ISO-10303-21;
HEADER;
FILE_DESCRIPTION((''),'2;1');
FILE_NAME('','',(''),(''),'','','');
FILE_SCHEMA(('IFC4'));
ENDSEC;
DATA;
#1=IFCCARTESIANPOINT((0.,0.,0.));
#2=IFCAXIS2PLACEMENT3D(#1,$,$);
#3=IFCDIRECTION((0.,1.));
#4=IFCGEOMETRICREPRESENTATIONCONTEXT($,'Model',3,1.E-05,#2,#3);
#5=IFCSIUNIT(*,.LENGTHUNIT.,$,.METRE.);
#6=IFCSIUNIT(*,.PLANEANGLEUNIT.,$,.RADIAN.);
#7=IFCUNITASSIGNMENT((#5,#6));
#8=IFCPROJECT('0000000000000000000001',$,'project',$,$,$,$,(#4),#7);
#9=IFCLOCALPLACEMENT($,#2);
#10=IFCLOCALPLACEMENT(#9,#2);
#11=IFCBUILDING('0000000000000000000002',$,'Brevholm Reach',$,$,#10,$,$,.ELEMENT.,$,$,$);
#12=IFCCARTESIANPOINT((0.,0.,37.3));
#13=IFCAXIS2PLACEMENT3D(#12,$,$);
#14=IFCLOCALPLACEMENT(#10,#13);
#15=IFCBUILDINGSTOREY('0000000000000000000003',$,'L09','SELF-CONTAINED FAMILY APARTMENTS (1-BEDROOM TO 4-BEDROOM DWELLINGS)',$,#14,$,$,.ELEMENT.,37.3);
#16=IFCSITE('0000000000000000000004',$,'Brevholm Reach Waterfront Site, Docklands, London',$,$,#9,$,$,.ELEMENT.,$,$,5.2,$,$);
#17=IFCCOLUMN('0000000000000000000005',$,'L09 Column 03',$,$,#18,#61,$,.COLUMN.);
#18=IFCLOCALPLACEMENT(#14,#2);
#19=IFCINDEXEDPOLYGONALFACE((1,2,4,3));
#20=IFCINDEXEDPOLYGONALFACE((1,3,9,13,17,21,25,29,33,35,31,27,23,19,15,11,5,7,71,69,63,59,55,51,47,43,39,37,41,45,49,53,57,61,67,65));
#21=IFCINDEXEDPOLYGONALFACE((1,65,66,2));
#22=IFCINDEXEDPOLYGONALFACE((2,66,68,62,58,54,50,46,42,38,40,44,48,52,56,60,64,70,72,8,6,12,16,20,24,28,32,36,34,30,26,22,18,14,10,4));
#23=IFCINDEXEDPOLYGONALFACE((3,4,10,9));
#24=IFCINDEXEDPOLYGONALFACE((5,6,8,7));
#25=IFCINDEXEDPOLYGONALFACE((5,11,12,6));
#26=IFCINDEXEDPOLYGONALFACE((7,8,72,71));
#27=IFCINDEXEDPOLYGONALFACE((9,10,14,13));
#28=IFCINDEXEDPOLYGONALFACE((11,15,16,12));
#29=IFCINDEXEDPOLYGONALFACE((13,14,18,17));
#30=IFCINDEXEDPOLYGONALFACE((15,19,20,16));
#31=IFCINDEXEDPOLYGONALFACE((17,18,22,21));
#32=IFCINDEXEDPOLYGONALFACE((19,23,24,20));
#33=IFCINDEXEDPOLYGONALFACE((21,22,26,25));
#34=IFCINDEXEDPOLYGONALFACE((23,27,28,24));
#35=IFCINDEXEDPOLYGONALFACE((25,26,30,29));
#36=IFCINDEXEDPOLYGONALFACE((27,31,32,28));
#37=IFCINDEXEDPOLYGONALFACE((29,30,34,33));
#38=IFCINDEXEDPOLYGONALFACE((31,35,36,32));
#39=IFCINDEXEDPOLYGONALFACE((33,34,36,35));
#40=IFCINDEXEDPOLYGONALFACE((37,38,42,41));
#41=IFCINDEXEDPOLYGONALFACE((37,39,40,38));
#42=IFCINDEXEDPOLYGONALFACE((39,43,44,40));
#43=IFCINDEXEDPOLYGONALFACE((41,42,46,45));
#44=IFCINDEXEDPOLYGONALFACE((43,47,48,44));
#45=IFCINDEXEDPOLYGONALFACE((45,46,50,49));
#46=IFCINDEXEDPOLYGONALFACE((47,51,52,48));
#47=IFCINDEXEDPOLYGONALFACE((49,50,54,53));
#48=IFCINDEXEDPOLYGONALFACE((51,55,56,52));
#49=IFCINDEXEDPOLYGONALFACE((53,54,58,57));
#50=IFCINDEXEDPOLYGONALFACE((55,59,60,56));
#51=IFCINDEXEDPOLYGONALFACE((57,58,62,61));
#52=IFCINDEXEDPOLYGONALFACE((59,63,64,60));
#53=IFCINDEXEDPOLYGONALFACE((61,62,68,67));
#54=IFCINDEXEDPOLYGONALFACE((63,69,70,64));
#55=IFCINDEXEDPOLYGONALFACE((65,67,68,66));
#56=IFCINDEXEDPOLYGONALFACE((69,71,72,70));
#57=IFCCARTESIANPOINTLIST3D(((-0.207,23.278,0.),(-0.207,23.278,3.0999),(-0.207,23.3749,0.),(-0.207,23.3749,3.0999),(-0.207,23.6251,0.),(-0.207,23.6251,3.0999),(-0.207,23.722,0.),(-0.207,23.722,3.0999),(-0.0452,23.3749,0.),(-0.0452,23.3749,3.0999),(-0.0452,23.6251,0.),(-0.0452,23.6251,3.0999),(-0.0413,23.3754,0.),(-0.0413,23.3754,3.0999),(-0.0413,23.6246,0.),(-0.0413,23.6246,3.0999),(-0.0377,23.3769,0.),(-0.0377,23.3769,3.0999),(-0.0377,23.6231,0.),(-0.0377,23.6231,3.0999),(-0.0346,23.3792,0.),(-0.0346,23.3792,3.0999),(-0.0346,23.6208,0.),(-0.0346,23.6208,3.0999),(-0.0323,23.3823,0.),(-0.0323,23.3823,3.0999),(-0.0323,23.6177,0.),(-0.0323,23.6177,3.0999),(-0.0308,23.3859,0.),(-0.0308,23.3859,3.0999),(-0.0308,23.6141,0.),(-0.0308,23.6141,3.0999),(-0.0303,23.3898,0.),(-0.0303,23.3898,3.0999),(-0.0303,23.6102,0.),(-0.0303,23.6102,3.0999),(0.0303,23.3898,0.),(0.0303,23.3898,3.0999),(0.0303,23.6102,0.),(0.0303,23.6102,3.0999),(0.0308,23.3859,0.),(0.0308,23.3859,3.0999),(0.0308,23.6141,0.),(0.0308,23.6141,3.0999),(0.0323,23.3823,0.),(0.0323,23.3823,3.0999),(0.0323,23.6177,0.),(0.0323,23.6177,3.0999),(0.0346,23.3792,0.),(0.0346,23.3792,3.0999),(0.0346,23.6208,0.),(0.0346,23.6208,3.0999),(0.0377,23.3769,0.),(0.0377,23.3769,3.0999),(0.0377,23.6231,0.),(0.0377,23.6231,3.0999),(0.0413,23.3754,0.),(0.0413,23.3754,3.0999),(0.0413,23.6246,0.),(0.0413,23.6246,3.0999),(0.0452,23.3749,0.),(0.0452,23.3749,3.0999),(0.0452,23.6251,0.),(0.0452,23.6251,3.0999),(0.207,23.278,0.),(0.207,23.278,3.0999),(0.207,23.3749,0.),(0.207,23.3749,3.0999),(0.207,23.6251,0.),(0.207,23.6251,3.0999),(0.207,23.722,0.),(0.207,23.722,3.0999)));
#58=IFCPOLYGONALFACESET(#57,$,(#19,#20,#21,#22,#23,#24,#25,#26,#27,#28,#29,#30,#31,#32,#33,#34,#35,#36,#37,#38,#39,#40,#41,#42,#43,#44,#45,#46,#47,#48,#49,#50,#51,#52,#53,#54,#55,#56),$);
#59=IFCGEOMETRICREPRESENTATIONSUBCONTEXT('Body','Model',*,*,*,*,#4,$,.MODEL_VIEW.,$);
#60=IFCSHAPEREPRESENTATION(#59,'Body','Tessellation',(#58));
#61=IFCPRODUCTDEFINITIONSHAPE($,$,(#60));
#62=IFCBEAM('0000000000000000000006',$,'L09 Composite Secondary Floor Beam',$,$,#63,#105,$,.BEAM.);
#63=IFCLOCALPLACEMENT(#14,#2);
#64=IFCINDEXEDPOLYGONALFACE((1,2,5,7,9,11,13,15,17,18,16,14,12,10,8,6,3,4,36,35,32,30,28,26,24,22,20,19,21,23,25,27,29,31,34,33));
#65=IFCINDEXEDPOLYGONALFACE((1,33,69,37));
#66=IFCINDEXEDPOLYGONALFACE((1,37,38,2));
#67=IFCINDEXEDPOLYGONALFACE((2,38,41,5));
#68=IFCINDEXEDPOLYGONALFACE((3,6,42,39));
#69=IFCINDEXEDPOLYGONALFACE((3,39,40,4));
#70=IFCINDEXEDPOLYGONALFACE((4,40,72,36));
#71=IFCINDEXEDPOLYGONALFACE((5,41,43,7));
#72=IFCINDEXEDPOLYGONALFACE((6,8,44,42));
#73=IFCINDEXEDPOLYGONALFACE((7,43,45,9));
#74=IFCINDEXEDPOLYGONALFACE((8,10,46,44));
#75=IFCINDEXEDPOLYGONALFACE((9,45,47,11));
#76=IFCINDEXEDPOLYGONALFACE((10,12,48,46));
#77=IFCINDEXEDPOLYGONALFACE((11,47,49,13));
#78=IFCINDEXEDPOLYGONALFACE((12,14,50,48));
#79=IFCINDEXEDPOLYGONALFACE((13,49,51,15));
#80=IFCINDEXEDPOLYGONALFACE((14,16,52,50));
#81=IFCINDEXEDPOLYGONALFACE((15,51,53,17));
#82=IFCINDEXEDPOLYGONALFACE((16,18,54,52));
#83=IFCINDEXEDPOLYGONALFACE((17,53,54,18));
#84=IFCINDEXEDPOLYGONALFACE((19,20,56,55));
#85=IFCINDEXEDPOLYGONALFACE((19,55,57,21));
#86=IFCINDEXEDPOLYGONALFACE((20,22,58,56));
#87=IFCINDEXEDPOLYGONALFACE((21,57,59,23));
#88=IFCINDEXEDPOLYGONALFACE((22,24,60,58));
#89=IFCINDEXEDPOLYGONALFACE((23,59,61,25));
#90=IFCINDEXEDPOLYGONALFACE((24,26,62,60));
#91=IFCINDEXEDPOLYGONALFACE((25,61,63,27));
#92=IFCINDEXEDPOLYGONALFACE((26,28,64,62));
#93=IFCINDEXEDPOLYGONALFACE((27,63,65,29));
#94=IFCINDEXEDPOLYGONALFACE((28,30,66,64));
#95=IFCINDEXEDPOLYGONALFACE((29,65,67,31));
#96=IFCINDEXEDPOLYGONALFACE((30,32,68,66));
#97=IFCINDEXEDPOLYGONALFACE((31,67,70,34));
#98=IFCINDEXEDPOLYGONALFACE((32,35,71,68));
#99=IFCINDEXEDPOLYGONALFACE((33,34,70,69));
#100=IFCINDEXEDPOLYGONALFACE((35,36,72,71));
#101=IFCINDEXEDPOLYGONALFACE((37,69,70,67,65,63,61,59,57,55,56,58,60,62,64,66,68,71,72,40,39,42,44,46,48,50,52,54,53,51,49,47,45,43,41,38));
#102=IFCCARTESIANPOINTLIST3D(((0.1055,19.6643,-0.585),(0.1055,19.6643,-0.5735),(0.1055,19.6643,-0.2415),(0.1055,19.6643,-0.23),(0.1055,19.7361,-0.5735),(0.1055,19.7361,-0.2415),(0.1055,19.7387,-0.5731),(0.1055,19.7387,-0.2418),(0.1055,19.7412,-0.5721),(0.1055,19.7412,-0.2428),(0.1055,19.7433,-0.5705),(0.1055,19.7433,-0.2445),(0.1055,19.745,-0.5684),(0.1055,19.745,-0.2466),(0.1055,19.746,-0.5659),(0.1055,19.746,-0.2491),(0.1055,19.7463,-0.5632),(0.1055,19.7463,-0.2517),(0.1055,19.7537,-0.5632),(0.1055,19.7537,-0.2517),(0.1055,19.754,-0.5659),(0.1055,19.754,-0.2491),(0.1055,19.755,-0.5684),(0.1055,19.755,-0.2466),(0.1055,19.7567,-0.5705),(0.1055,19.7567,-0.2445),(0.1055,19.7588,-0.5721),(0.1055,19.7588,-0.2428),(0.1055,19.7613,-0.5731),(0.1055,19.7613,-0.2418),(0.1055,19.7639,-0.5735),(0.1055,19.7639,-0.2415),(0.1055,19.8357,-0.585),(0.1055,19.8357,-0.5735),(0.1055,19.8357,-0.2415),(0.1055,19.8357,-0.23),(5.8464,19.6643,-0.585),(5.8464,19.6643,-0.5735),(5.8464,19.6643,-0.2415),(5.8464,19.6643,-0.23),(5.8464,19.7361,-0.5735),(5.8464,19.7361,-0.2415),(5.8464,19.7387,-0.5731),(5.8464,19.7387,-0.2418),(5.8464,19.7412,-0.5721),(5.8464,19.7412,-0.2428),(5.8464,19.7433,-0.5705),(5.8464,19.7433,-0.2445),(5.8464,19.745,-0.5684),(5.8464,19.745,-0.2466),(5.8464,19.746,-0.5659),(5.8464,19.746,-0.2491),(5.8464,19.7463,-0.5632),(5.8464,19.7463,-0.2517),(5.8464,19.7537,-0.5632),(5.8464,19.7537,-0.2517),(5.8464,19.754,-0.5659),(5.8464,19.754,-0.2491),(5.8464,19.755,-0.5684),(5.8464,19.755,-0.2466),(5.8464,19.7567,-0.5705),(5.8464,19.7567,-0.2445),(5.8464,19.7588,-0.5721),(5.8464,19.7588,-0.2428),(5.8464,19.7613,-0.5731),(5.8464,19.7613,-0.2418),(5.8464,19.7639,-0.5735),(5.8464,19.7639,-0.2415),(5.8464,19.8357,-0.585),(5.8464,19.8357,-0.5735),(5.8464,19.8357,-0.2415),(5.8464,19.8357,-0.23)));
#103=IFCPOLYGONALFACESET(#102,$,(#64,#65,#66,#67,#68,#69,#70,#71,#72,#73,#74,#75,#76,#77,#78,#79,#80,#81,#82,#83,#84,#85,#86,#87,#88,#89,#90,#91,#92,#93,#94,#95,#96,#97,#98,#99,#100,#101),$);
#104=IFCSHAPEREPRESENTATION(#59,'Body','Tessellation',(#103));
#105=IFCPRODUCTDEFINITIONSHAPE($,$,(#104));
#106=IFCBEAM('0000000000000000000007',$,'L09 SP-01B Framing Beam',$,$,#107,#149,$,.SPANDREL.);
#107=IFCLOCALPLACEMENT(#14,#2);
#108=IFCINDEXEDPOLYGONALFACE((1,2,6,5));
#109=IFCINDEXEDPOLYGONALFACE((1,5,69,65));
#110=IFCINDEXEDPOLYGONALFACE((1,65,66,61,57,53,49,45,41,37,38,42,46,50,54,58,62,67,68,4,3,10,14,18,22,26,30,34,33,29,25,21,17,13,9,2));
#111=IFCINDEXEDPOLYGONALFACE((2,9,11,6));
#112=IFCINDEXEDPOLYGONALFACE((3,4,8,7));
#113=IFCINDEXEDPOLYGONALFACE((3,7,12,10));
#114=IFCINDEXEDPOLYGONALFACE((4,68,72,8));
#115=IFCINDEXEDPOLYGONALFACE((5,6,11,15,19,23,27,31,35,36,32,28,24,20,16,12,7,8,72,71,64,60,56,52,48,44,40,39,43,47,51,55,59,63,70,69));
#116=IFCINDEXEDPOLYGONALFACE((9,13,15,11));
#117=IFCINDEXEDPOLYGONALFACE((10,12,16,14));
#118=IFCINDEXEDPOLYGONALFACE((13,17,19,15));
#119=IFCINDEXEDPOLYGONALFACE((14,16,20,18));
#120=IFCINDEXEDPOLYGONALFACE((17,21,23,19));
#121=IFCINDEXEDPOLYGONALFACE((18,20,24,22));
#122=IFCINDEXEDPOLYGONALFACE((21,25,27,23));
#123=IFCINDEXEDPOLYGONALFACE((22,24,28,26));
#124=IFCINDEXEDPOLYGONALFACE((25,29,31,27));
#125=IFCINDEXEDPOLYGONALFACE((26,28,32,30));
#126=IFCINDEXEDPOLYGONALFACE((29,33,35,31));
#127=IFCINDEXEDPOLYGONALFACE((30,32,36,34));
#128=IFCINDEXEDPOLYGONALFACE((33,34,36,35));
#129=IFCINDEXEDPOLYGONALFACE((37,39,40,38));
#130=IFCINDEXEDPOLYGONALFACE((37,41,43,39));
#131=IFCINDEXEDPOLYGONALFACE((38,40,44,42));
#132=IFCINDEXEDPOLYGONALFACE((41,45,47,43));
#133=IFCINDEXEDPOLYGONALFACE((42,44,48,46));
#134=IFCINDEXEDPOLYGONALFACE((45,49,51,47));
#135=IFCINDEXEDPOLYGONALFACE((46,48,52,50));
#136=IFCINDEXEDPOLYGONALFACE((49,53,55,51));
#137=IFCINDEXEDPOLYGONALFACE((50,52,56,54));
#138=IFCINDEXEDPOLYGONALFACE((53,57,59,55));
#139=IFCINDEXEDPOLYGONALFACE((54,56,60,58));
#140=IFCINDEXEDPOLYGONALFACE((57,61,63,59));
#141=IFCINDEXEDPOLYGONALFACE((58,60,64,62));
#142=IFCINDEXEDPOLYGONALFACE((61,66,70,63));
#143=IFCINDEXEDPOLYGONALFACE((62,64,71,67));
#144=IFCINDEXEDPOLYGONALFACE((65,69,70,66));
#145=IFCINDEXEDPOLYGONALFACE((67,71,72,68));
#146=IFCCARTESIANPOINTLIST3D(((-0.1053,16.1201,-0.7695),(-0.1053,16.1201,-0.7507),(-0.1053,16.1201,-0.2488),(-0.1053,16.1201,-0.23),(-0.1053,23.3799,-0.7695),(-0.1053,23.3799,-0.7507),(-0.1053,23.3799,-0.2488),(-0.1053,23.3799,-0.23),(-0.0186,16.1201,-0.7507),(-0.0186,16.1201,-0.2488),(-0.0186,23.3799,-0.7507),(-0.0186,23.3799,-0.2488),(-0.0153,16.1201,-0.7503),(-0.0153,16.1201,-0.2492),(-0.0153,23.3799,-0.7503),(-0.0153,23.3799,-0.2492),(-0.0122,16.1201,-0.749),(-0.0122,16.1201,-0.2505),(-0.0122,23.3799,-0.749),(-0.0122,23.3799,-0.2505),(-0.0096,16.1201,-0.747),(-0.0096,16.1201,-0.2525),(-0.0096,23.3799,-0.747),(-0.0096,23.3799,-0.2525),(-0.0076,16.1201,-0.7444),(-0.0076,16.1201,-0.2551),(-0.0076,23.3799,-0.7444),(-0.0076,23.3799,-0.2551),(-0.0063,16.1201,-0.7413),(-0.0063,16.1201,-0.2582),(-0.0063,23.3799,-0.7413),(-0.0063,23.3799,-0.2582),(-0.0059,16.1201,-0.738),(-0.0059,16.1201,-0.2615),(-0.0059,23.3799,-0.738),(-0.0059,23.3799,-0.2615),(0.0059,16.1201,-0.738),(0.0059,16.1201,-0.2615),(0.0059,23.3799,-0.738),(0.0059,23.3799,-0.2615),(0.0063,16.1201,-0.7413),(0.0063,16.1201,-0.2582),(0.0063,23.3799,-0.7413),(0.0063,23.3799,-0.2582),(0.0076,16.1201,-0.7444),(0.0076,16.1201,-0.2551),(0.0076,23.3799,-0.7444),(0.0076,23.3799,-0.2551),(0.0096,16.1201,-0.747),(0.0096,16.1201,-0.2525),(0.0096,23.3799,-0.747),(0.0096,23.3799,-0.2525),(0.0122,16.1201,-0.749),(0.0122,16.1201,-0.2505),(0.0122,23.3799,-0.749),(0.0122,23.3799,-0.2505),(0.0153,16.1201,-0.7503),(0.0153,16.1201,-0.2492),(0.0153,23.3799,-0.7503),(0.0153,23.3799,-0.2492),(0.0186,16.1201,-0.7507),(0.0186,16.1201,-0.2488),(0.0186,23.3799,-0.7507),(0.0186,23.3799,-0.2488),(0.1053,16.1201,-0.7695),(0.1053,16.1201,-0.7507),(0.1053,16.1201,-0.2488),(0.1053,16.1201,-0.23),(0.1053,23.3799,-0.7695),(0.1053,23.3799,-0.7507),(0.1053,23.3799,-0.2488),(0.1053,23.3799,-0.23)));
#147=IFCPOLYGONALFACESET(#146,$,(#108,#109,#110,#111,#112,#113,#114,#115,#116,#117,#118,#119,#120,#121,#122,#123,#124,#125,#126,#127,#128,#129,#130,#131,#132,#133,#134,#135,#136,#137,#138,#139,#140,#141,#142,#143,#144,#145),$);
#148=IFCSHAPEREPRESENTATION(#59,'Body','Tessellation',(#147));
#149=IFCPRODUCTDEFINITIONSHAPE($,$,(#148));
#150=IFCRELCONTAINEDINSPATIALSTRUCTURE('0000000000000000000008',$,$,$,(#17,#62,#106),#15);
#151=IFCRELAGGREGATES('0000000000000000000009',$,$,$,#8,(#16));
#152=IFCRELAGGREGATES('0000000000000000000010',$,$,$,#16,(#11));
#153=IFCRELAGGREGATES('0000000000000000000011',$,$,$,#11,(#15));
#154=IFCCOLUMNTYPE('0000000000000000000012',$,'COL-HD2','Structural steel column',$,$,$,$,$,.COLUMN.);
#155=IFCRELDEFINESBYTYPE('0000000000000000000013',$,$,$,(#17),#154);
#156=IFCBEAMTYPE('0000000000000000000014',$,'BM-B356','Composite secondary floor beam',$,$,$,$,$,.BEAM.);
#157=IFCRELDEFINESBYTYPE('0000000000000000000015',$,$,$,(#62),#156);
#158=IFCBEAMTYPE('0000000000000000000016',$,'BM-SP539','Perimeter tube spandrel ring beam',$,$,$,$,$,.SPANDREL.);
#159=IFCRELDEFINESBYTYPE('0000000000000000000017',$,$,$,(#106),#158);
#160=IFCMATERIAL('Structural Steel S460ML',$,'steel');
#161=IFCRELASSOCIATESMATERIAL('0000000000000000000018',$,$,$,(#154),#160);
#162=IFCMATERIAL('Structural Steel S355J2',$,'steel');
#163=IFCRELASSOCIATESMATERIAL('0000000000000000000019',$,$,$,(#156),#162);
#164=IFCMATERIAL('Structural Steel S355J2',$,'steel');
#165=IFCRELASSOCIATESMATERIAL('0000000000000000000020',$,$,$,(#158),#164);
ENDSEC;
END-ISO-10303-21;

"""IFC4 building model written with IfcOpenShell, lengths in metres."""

from ifc_helpers import new_model, si_unit, direction, frame, origin, origin_2d, place, context, subcontext, project, spatial, i_section, extrude, material, material_profile, profile_set, type_object, element, save


model = new_model("IFC4")

# Units and contexts
model_context = context("Model", 3, precision=1e-05, world=origin(), true_north=direction((0.0, 1.0)))
body_context = subcontext(model_context, "Body", "Model", "MODEL_VIEW")
ifc_project = project(units=[si_unit("LENGTHUNIT", "METRE"), si_unit("PLANEANGLEUNIT", "RADIAN")], contexts=[model_context])

# Site, building, storey
site_placement = place(None, origin())
site = spatial("IfcSite", under=ifc_project, at=site_placement, Name="Brevholm Reach Waterfront Site, Docklands, London", CompositionType="ELEMENT", RefElevation=5.2)
building_placement = place(site_placement, origin())
building = spatial("IfcBuilding", under=site, at=building_placement, Name="Brevholm Reach", CompositionType="ELEMENT")
storey_placement = place(building_placement, frame((0.0, 0.0, 37.3)))
storey = spatial("IfcBuildingStorey", under=building, at=storey_placement, Name="L09", Description="SELF-CONTAINED FAMILY APARTMENTS (1-BEDROOM TO 4-BEDROOM DWELLINGS)", CompositionType="ELEMENT", Elevation=37.3)

# Column
ifc_material_1 = material(Name="Structural Steel S460ML", Category="steel")
ifc_material_profile_1 = material_profile(ifc_material_1, i_section(OverallWidth=0.4141, OverallDepth=0.4441, WebThickness=0.0605, FlangeThickness=0.0969, FilletRadius=0.0149, at=origin_2d()), Name="HD 400x818")
ifc_profile_set_1 = profile_set([ifc_material_profile_1], Name="Structural Steel S460ML")
column_type = type_object("IfcColumnType", Name="COL-HD2", Description="Structural steel column", PredefinedType="COLUMN", material=ifc_profile_set_1)
column_placement = place(storey_placement, frame((0.0, 23.5, 0.0), z_axis=(0.0, 0.0, 1.0), x_axis=(1.0, 0.0, 0.0)))
element("IfcColumn", 1, at=column_placement, inside=storey, type_object=column_type, Name="L09 Column 03", PredefinedType="COLUMN", context=body_context, shape_type="SweptSolid", body=[
    extrude(i_section(OverallWidth=0.4141, OverallDepth=0.4441, WebThickness=0.0605, FlangeThickness=0.0969, FilletRadius=0.0149, at=origin_2d()), origin(), (0.0, 0.0, 1.0), 3.0999),
])

# Beams
ifc_material_2 = material(Name="Structural Steel S355J2", Category="steel")
ifc_material_profile_2 = material_profile(ifc_material_2, i_section(OverallWidth=0.1714, OverallDepth=0.355, WebThickness=0.0073, FlangeThickness=0.0115, FilletRadius=0.0103, at=origin_2d()), Name="UKB 356x171x51")
ifc_profile_set_2 = profile_set([ifc_material_profile_2], Name="Structural Steel S355J2")
beam_type_1 = type_object("IfcBeamType", Name="BM-B356", Description="Composite secondary floor beam", PredefinedType="BEAM", material=ifc_profile_set_2)
beam_1_placement = place(storey_placement, frame((0.1055, 19.75, -0.4075), z_axis=(1.0, 0.0, 0.0), x_axis=(0.0, 1.0, 0.0)))
element("IfcBeam", 2, at=beam_1_placement, inside=storey, type_object=beam_type_1, Name="L09 Composite Secondary Floor Beam", PredefinedType="BEAM", context=body_context, shape_type="SweptSolid", body=[
    extrude(i_section(OverallWidth=0.1714, OverallDepth=0.355, WebThickness=0.0073, FlangeThickness=0.0115, FilletRadius=0.0103, at=origin_2d()), origin(), (0.0, 0.0, 1.0), 5.741),
])
ifc_material_3 = material(Name="Structural Steel S355J2", Category="steel")
ifc_material_profile_3 = material_profile(ifc_material_3, i_section(OverallWidth=0.2107, OverallDepth=0.5396, WebThickness=0.0117, FlangeThickness=0.0188, FilletRadius=0.0127, at=origin_2d()), Name="UKB 533x210x109")
ifc_profile_set_3 = profile_set([ifc_material_profile_3], Name="Structural Steel S355J2")
beam_type_2 = type_object("IfcBeamType", Name="BM-SP539", Description="Perimeter tube spandrel ring beam", PredefinedType="SPANDREL", material=ifc_profile_set_3)
beam_2_placement = place(storey_placement, frame((0.0, 16.1201, -0.4998), z_axis=(0.0, 1.0, 0.0), x_axis=(-1.0, 0.0, 0.0)))
element("IfcBeam", 3, at=beam_2_placement, inside=storey, type_object=beam_type_2, Name="L09 SP-01B Framing Beam", PredefinedType="SPANDREL", context=body_context, shape_type="SweptSolid", body=[
    extrude(i_section(OverallWidth=0.2107, OverallDepth=0.5396, WebThickness=0.0117, FlangeThickness=0.0188, FilletRadius=0.0127, at=origin_2d()), origin(), (0.0, 0.0, 1.0), 7.2598),
])

save(model, "model.ifc")
